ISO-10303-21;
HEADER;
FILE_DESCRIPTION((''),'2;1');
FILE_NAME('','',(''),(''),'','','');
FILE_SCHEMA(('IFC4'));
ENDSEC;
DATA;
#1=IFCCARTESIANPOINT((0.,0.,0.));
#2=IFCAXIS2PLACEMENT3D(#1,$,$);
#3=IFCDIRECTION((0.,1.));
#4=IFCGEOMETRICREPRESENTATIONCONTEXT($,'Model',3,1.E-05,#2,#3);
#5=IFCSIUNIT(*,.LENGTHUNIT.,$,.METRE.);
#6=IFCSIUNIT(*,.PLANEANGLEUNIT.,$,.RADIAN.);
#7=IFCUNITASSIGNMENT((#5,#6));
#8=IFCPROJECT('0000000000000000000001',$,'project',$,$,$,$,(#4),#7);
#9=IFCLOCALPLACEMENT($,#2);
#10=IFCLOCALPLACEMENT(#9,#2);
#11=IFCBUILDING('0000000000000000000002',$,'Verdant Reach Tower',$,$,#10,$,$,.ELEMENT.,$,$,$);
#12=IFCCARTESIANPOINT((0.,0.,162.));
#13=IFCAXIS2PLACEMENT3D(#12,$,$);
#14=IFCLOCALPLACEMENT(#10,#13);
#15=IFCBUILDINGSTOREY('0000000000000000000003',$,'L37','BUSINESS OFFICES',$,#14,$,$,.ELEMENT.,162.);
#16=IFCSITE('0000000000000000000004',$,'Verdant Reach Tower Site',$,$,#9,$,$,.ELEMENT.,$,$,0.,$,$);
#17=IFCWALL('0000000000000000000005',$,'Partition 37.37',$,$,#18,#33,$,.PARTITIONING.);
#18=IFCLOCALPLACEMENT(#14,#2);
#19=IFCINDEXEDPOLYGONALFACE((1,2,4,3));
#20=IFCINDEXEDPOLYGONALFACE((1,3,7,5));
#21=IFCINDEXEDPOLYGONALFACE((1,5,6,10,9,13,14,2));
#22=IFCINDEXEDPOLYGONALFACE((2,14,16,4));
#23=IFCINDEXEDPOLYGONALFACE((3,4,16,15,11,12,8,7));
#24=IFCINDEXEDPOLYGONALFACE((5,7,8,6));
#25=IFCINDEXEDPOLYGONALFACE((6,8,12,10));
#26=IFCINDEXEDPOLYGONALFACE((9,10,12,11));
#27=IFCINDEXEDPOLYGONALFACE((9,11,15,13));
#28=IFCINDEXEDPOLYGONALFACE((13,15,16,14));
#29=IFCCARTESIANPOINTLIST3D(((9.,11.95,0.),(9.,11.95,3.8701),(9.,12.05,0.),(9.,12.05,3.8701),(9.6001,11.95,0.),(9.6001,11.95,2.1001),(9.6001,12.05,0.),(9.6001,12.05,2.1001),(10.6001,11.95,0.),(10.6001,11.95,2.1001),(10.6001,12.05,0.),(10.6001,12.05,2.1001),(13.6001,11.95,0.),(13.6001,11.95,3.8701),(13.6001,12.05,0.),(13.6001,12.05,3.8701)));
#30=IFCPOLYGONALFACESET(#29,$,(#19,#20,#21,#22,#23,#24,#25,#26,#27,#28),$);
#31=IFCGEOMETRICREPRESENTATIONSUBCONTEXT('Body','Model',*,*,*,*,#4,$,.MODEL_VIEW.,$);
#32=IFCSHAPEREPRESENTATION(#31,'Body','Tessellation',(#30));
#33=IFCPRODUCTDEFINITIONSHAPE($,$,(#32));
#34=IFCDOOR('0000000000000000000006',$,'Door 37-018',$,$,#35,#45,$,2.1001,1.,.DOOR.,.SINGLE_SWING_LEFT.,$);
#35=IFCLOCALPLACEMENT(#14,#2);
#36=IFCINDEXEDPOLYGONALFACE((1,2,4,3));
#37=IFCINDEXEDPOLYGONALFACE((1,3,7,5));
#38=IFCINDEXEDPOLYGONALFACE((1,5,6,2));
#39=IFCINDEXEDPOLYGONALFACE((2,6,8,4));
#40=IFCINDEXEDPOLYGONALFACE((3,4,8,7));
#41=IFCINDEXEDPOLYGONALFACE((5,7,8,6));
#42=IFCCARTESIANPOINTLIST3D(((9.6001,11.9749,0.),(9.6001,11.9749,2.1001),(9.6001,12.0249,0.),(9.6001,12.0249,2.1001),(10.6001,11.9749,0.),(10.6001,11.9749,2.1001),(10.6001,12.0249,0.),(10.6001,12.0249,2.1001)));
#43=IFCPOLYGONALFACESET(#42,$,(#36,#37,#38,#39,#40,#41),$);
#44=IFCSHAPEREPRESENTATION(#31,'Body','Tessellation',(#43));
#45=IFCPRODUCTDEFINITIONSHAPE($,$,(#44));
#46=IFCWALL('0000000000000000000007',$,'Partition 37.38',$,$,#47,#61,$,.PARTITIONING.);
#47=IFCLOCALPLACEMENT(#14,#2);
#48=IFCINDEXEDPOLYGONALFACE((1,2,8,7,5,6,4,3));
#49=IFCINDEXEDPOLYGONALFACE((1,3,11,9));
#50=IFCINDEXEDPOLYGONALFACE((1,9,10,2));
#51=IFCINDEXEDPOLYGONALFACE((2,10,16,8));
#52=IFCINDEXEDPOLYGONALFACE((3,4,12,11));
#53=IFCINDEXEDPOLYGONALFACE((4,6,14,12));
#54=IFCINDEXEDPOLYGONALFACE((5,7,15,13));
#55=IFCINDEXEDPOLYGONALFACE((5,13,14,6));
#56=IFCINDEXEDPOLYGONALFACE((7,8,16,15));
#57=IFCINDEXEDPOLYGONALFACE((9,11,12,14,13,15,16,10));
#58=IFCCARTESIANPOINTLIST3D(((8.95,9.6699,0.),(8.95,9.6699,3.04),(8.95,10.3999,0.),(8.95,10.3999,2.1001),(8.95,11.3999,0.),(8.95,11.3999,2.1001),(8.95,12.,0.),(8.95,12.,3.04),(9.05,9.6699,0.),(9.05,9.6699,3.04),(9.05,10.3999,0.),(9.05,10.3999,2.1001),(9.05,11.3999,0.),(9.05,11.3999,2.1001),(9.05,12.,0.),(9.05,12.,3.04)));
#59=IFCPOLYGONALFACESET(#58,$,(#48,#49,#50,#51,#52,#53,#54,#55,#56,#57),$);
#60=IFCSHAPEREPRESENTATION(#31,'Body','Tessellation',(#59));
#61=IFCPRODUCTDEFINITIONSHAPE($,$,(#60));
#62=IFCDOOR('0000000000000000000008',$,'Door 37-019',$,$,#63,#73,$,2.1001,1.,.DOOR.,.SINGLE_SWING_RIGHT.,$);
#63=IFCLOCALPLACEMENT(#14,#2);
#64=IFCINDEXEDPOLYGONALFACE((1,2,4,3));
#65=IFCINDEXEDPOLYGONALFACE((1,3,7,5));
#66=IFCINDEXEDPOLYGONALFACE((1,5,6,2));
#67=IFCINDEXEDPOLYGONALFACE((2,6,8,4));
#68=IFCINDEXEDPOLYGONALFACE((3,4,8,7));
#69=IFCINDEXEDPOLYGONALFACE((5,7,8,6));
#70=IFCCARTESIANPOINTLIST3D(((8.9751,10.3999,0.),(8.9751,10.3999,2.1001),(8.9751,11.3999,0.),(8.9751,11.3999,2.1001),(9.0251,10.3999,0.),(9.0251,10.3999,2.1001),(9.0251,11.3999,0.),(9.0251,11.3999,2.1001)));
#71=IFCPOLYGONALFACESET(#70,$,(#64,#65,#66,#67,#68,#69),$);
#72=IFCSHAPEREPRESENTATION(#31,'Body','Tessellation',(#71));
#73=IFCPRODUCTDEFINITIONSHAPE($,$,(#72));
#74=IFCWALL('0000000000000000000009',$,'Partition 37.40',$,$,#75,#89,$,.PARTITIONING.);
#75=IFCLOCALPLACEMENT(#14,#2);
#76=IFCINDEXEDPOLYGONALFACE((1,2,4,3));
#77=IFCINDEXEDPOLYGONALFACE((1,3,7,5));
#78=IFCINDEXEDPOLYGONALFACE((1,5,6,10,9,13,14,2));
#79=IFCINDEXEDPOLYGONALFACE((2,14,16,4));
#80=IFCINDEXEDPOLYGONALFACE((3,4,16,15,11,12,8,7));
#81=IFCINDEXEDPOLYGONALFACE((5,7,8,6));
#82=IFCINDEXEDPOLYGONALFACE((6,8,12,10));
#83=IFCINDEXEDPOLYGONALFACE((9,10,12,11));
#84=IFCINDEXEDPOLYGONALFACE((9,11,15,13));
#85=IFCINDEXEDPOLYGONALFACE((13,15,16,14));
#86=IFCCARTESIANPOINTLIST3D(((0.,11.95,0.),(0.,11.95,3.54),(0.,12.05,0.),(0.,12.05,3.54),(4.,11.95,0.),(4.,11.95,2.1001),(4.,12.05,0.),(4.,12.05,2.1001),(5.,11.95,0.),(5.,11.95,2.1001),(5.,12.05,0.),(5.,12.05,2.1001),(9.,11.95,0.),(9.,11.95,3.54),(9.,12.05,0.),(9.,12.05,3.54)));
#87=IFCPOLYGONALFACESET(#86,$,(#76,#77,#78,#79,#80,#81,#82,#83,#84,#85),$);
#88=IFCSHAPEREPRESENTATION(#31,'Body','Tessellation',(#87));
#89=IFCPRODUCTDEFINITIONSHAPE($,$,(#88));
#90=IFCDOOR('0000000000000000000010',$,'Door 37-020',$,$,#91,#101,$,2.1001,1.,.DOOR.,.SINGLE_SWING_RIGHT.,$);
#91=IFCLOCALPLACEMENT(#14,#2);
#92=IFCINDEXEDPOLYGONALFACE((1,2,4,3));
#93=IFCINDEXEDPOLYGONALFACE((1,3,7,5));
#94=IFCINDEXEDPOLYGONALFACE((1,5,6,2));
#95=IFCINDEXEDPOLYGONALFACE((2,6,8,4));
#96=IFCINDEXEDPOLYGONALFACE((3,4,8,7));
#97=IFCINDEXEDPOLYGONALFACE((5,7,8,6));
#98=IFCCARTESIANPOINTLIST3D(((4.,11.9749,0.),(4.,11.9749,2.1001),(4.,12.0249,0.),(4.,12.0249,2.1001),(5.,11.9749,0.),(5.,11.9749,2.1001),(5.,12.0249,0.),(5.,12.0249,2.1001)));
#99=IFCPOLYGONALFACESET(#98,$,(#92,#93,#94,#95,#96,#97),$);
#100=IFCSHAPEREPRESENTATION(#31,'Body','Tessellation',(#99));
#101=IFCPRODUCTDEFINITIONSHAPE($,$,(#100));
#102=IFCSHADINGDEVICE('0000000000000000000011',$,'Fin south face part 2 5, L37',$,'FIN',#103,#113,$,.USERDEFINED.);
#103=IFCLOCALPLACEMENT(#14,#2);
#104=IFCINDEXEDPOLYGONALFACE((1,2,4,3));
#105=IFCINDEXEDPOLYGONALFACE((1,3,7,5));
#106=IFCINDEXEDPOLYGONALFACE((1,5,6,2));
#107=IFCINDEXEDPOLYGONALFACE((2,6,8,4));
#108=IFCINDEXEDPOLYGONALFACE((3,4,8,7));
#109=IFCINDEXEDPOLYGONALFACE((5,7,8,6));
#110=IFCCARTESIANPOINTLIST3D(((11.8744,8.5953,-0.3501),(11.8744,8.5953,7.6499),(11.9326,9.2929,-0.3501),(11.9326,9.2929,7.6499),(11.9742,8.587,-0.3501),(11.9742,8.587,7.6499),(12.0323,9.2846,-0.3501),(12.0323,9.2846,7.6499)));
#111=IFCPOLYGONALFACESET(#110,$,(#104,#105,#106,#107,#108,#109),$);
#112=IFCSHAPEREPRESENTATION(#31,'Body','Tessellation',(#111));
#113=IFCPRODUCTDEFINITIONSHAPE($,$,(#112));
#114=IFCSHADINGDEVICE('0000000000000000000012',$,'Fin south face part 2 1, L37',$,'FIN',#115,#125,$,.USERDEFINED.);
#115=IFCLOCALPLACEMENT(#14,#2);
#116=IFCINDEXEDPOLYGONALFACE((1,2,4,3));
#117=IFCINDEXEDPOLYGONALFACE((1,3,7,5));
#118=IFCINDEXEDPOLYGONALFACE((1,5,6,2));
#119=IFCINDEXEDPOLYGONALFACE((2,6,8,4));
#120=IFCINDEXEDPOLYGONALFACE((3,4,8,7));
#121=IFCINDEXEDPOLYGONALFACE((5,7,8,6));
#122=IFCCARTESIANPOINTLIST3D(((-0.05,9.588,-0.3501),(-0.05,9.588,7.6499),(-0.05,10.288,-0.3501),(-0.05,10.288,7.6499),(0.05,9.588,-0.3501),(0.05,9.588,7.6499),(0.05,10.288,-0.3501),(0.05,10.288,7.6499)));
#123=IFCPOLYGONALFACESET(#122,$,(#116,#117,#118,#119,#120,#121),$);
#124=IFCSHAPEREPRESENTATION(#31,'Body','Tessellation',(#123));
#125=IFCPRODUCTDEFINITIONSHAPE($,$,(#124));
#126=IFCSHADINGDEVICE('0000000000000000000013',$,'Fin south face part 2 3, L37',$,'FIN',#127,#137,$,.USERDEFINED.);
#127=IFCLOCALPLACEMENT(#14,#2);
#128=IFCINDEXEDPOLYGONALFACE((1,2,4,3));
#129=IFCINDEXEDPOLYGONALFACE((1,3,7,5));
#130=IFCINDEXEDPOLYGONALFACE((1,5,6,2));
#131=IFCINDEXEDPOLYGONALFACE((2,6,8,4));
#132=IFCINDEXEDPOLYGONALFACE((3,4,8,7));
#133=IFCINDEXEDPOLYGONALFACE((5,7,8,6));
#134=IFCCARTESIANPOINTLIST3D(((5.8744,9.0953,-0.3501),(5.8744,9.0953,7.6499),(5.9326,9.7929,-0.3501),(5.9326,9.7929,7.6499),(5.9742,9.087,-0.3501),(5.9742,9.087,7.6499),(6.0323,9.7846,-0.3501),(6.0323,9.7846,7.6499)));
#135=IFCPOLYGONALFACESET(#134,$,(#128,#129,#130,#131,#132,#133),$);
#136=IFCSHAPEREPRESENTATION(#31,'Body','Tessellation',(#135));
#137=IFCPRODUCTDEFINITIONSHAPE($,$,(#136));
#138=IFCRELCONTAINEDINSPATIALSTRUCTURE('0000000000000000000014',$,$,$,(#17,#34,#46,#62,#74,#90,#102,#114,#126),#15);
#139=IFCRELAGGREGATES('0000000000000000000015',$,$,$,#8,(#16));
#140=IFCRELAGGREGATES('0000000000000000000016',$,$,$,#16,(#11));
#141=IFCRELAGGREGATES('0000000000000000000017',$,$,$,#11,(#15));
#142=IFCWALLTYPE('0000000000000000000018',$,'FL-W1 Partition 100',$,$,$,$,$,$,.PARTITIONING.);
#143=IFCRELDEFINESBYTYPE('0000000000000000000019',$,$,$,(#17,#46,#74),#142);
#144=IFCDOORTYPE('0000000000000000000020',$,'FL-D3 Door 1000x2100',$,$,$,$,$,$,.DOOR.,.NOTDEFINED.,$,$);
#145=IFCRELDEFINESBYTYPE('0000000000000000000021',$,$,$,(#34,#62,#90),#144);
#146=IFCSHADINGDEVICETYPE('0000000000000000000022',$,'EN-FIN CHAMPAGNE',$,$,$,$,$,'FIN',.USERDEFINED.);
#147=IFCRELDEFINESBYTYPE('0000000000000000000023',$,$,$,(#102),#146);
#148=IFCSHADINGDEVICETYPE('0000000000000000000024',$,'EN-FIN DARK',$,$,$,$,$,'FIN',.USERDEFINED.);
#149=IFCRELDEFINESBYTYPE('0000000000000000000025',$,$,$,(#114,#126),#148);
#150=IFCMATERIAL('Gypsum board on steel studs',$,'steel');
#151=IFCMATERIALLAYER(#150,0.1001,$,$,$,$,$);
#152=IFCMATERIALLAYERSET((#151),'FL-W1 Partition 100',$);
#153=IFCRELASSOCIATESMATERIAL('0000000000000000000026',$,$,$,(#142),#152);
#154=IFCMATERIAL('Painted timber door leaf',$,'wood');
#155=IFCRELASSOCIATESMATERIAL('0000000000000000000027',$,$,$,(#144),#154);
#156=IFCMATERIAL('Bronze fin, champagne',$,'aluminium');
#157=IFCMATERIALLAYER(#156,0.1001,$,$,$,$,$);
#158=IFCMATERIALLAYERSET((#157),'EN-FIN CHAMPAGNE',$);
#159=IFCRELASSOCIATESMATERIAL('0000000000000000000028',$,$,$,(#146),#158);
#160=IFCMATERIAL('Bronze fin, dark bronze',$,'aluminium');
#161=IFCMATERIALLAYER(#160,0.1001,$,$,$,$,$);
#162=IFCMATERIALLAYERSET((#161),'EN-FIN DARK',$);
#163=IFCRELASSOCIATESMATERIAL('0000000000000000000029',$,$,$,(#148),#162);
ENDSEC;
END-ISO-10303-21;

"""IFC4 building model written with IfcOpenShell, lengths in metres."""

from ifc_helpers import new_model, si_unit, direction, frame, frame_2d, origin, origin_2d, place, context, subcontext, project, spatial, rectangle, extrude, material, layer, layer_set, type_object, element, fill, save


model = new_model("IFC4")

# Units and contexts
model_context = context("Model", 3, precision=1e-05, world=origin(), true_north=direction((0.0, 1.0)))
body_context = subcontext(model_context, "Body", "Model", "MODEL_VIEW")
ifc_project = project(units=[si_unit("LENGTHUNIT", "METRE"), si_unit("PLANEANGLEUNIT", "RADIAN")], contexts=[model_context])

# Site, building, storey
site_placement = place(None, origin())
site = spatial("IfcSite", under=ifc_project, at=site_placement, Name="Verdant Reach Tower Site", CompositionType="ELEMENT", RefElevation=0.0)
building_placement = place(site_placement, origin())
building = spatial("IfcBuilding", under=site, at=building_placement, Name="Verdant Reach Tower", CompositionType="ELEMENT")
storey_placement = place(building_placement, frame((0.0, 0.0, 162.0)))
storey = spatial("IfcBuildingStorey", under=building, at=storey_placement, Name="L37", Description="BUSINESS OFFICES", CompositionType="ELEMENT", Elevation=162.0)

# Shared definitions
ifc_material_1 = material(Name="Gypsum board on steel studs", Category="steel")
ifc_layer_1 = layer(ifc_material_1, 0.1001)
ifc_layer_set_1 = layer_set([ifc_layer_1], Name="FL-W1 Partition 100")
wall_type = type_object("IfcWallType", Name="FL-W1 Partition 100", PredefinedType="PARTITIONING", material=ifc_layer_set_1)

# Walls, openings, doors
wall_1_placement = place(storey_placement, frame((9.0, 12.0, 0.0), z_axis=(0.0, 0.0, 1.0), x_axis=(1.0, 0.0, 0.0)))
wall_1 = element("IfcWall", 1, at=wall_1_placement, inside=storey, type_object=wall_type, Name="Partition 37.37", PredefinedType="PARTITIONING", context=body_context, shape_type="SweptSolid", body=[
    extrude(rectangle(XDim=4.6001, YDim=0.1001, at=frame_2d((2.3, 0.0))), origin(), (0.0, 0.0, 1.0), 3.8701),
])
opening_1_placement = place(wall_1_placement, frame((0.6001, 0.0, 0.0)))
opening_1 = element("IfcOpeningElement", 2, at=opening_1_placement, cuts=wall_1, PredefinedType="OPENING", context=body_context, shape_type="SweptSolid", body=[
    extrude(rectangle(XDim=1.0, YDim=2.1001, at=frame_2d((0.5, 1.05))), frame((0.0, 0.0601, 0.0), z_axis=(0.0, -1.0, 0.0), x_axis=(1.0, 0.0, 0.0)), (0.0, 0.0, 1.0), 0.1201),
])
ifc_material_2 = material(Name="Painted timber door leaf", Category="wood")
door_type = type_object("IfcDoorType", Name="FL-D3 Door 1000x2100", OperationType="NOTDEFINED", PredefinedType="DOOR", material=ifc_material_2)
door_1_placement = place(opening_1_placement, origin())
door_1 = element("IfcDoor", 3, at=door_1_placement, inside=storey, type_object=door_type, Name="Door 37-018", OperationType="SINGLE_SWING_LEFT", OverallHeight=2.1001, OverallWidth=1.0, PredefinedType="DOOR", context=body_context, shape_type="SweptSolid", body=[
    extrude(rectangle(XDim=1.0, YDim=2.1001, at=frame_2d((0.5, 1.05))), frame((0.0, 0.0249, 0.0), z_axis=(0.0, -1.0, 0.0), x_axis=(1.0, 0.0, 0.0)), (0.0, 0.0, 1.0), 0.05),
])
fill(opening_1, door_1)
wall_2_placement = place(storey_placement, frame((9.0, 9.6699, 0.0), z_axis=(0.0, 0.0, 1.0), x_axis=(0.0, 1.0, 0.0)))
wall_2 = element("IfcWall", 4, at=wall_2_placement, inside=storey, type_object=wall_type, Name="Partition 37.38", PredefinedType="PARTITIONING", context=body_context, shape_type="SweptSolid", body=[
    extrude(rectangle(XDim=2.3301, YDim=0.1001, at=frame_2d((1.165, 0.0))), origin(), (0.0, 0.0, 1.0), 3.04),
])
opening_2_placement = place(wall_2_placement, frame((0.73, 0.0, 0.0)))
opening_2 = element("IfcOpeningElement", 5, at=opening_2_placement, cuts=wall_2, PredefinedType="OPENING", context=body_context, shape_type="SweptSolid", body=[
    extrude(rectangle(XDim=1.0, YDim=2.1001, at=frame_2d((0.5, 1.05))), frame((0.0, 0.0601, 0.0), z_axis=(0.0, -1.0, 0.0), x_axis=(1.0, 0.0, 0.0)), (0.0, 0.0, 1.0), 0.1201),
])
door_2_placement = place(opening_2_placement, origin())
door_2 = element("IfcDoor", 6, at=door_2_placement, inside=storey, type_object=door_type, Name="Door 37-019", OperationType="SINGLE_SWING_RIGHT", OverallHeight=2.1001, OverallWidth=1.0, PredefinedType="DOOR", context=body_context, shape_type="SweptSolid", body=[
    extrude(rectangle(XDim=1.0, YDim=2.1001, at=frame_2d((0.5, 1.05))), frame((0.0, 0.0249, 0.0), z_axis=(0.0, -1.0, 0.0), x_axis=(1.0, 0.0, 0.0)), (0.0, 0.0, 1.0), 0.05),
])
fill(opening_2, door_2)
wall_3_placement = place(storey_placement, frame((0.0, 12.0, 0.0), z_axis=(0.0, 0.0, 1.0), x_axis=(1.0, 0.0, 0.0)))
wall_3 = element("IfcWall", 7, at=wall_3_placement, inside=storey, type_object=wall_type, Name="Partition 37.40", PredefinedType="PARTITIONING", context=body_context, shape_type="SweptSolid", body=[
    extrude(rectangle(XDim=9.0, YDim=0.1001, at=frame_2d((4.5, 0.0))), origin(), (0.0, 0.0, 1.0), 3.54),
])
opening_3_placement = place(wall_3_placement, frame((4.0, 0.0, 0.0)))
opening_3 = element("IfcOpeningElement", 8, at=opening_3_placement, cuts=wall_3, PredefinedType="OPENING", context=body_context, shape_type="SweptSolid", body=[
    extrude(rectangle(XDim=1.0, YDim=2.1001, at=frame_2d((0.5, 1.05))), frame((0.0, 0.0601, 0.0), z_axis=(0.0, -1.0, 0.0), x_axis=(1.0, 0.0, 0.0)), (0.0, 0.0, 1.0), 0.1201),
])
door_3_placement = place(opening_3_placement, origin())
door_3 = element("IfcDoor", 9, at=door_3_placement, inside=storey, type_object=door_type, Name="Door 37-020", OperationType="SINGLE_SWING_RIGHT", OverallHeight=2.1001, OverallWidth=1.0, PredefinedType="DOOR", context=body_context, shape_type="SweptSolid", body=[
    extrude(rectangle(XDim=1.0, YDim=2.1001, at=frame_2d((0.5, 1.05))), frame((0.0, 0.0249, 0.0), z_axis=(0.0, -1.0, 0.0), x_axis=(1.0, 0.0, 0.0)), (0.0, 0.0, 1.0), 0.05),
])
fill(opening_3, door_3)

# Shading devices
ifc_material_3 = material(Name="Bronze fin, champagne", Category="aluminium")
ifc_layer_2 = layer(ifc_material_3, 0.1001)
ifc_layer_set_2 = layer_set([ifc_layer_2], Name="EN-FIN CHAMPAGNE")
shading_device_type_1 = type_object("IfcShadingDeviceType", Name="EN-FIN CHAMPAGNE", ElementType="FIN", PredefinedType="USERDEFINED", material=ifc_layer_set_2)
shading_device_placement = place(storey_placement, frame((11.9534, 8.9399, -0.3501), z_axis=(0.0, 0.0, 1.0), x_axis=(0.996546, -0.083045, 0.0)))
element("IfcShadingDevice", 10, at=shading_device_placement, inside=storey, type_object=shading_device_type_1, Name="Fin south face part 2 5, L37", ObjectType="FIN", PredefinedType="USERDEFINED", context=body_context, shape_type="SweptSolid", body=[
    extrude(rectangle(XDim=0.1001, YDim=0.7, at=origin_2d()), origin(), (0.0, 0.0, 1.0), 8.0),
])
ifc_material_4 = material(Name="Bronze fin, dark bronze", Category="aluminium")
ifc_layer_3 = layer(ifc_material_4, 0.1001)
ifc_layer_set_3 = layer_set([ifc_layer_3], Name="EN-FIN DARK")
shading_device_type_2 = type_object("IfcShadingDeviceType", Name="EN-FIN DARK", ElementType="FIN", PredefinedType="USERDEFINED", material=ifc_layer_set_3)
for number, where, z_axis, x_axis, name in (
    (11, (0.0, 9.938, -0.3501), (0.0, 0.0, 1.0), (1.0, 0.0, 0.0), "Fin south face part 2 1, L37"),
    (12, (5.9534, 9.4399, -0.3501), (0.0, 0.0, 1.0), (0.996546, -0.083045, 0.0), "Fin south face part 2 3, L37"),
):
    element("IfcShadingDevice", number, at=place(storey_placement, frame(where, z_axis=z_axis, x_axis=x_axis)), inside=storey, type_object=shading_device_type_2, Name=name, ObjectType="FIN", PredefinedType="USERDEFINED", context=body_context, shape_type="SweptSolid", body=[
        extrude(rectangle(XDim=0.1001, YDim=0.7, at=origin_2d()), origin(), (0.0, 0.0, 1.0), 8.0),
    ])

save(model, "model.ifc")
